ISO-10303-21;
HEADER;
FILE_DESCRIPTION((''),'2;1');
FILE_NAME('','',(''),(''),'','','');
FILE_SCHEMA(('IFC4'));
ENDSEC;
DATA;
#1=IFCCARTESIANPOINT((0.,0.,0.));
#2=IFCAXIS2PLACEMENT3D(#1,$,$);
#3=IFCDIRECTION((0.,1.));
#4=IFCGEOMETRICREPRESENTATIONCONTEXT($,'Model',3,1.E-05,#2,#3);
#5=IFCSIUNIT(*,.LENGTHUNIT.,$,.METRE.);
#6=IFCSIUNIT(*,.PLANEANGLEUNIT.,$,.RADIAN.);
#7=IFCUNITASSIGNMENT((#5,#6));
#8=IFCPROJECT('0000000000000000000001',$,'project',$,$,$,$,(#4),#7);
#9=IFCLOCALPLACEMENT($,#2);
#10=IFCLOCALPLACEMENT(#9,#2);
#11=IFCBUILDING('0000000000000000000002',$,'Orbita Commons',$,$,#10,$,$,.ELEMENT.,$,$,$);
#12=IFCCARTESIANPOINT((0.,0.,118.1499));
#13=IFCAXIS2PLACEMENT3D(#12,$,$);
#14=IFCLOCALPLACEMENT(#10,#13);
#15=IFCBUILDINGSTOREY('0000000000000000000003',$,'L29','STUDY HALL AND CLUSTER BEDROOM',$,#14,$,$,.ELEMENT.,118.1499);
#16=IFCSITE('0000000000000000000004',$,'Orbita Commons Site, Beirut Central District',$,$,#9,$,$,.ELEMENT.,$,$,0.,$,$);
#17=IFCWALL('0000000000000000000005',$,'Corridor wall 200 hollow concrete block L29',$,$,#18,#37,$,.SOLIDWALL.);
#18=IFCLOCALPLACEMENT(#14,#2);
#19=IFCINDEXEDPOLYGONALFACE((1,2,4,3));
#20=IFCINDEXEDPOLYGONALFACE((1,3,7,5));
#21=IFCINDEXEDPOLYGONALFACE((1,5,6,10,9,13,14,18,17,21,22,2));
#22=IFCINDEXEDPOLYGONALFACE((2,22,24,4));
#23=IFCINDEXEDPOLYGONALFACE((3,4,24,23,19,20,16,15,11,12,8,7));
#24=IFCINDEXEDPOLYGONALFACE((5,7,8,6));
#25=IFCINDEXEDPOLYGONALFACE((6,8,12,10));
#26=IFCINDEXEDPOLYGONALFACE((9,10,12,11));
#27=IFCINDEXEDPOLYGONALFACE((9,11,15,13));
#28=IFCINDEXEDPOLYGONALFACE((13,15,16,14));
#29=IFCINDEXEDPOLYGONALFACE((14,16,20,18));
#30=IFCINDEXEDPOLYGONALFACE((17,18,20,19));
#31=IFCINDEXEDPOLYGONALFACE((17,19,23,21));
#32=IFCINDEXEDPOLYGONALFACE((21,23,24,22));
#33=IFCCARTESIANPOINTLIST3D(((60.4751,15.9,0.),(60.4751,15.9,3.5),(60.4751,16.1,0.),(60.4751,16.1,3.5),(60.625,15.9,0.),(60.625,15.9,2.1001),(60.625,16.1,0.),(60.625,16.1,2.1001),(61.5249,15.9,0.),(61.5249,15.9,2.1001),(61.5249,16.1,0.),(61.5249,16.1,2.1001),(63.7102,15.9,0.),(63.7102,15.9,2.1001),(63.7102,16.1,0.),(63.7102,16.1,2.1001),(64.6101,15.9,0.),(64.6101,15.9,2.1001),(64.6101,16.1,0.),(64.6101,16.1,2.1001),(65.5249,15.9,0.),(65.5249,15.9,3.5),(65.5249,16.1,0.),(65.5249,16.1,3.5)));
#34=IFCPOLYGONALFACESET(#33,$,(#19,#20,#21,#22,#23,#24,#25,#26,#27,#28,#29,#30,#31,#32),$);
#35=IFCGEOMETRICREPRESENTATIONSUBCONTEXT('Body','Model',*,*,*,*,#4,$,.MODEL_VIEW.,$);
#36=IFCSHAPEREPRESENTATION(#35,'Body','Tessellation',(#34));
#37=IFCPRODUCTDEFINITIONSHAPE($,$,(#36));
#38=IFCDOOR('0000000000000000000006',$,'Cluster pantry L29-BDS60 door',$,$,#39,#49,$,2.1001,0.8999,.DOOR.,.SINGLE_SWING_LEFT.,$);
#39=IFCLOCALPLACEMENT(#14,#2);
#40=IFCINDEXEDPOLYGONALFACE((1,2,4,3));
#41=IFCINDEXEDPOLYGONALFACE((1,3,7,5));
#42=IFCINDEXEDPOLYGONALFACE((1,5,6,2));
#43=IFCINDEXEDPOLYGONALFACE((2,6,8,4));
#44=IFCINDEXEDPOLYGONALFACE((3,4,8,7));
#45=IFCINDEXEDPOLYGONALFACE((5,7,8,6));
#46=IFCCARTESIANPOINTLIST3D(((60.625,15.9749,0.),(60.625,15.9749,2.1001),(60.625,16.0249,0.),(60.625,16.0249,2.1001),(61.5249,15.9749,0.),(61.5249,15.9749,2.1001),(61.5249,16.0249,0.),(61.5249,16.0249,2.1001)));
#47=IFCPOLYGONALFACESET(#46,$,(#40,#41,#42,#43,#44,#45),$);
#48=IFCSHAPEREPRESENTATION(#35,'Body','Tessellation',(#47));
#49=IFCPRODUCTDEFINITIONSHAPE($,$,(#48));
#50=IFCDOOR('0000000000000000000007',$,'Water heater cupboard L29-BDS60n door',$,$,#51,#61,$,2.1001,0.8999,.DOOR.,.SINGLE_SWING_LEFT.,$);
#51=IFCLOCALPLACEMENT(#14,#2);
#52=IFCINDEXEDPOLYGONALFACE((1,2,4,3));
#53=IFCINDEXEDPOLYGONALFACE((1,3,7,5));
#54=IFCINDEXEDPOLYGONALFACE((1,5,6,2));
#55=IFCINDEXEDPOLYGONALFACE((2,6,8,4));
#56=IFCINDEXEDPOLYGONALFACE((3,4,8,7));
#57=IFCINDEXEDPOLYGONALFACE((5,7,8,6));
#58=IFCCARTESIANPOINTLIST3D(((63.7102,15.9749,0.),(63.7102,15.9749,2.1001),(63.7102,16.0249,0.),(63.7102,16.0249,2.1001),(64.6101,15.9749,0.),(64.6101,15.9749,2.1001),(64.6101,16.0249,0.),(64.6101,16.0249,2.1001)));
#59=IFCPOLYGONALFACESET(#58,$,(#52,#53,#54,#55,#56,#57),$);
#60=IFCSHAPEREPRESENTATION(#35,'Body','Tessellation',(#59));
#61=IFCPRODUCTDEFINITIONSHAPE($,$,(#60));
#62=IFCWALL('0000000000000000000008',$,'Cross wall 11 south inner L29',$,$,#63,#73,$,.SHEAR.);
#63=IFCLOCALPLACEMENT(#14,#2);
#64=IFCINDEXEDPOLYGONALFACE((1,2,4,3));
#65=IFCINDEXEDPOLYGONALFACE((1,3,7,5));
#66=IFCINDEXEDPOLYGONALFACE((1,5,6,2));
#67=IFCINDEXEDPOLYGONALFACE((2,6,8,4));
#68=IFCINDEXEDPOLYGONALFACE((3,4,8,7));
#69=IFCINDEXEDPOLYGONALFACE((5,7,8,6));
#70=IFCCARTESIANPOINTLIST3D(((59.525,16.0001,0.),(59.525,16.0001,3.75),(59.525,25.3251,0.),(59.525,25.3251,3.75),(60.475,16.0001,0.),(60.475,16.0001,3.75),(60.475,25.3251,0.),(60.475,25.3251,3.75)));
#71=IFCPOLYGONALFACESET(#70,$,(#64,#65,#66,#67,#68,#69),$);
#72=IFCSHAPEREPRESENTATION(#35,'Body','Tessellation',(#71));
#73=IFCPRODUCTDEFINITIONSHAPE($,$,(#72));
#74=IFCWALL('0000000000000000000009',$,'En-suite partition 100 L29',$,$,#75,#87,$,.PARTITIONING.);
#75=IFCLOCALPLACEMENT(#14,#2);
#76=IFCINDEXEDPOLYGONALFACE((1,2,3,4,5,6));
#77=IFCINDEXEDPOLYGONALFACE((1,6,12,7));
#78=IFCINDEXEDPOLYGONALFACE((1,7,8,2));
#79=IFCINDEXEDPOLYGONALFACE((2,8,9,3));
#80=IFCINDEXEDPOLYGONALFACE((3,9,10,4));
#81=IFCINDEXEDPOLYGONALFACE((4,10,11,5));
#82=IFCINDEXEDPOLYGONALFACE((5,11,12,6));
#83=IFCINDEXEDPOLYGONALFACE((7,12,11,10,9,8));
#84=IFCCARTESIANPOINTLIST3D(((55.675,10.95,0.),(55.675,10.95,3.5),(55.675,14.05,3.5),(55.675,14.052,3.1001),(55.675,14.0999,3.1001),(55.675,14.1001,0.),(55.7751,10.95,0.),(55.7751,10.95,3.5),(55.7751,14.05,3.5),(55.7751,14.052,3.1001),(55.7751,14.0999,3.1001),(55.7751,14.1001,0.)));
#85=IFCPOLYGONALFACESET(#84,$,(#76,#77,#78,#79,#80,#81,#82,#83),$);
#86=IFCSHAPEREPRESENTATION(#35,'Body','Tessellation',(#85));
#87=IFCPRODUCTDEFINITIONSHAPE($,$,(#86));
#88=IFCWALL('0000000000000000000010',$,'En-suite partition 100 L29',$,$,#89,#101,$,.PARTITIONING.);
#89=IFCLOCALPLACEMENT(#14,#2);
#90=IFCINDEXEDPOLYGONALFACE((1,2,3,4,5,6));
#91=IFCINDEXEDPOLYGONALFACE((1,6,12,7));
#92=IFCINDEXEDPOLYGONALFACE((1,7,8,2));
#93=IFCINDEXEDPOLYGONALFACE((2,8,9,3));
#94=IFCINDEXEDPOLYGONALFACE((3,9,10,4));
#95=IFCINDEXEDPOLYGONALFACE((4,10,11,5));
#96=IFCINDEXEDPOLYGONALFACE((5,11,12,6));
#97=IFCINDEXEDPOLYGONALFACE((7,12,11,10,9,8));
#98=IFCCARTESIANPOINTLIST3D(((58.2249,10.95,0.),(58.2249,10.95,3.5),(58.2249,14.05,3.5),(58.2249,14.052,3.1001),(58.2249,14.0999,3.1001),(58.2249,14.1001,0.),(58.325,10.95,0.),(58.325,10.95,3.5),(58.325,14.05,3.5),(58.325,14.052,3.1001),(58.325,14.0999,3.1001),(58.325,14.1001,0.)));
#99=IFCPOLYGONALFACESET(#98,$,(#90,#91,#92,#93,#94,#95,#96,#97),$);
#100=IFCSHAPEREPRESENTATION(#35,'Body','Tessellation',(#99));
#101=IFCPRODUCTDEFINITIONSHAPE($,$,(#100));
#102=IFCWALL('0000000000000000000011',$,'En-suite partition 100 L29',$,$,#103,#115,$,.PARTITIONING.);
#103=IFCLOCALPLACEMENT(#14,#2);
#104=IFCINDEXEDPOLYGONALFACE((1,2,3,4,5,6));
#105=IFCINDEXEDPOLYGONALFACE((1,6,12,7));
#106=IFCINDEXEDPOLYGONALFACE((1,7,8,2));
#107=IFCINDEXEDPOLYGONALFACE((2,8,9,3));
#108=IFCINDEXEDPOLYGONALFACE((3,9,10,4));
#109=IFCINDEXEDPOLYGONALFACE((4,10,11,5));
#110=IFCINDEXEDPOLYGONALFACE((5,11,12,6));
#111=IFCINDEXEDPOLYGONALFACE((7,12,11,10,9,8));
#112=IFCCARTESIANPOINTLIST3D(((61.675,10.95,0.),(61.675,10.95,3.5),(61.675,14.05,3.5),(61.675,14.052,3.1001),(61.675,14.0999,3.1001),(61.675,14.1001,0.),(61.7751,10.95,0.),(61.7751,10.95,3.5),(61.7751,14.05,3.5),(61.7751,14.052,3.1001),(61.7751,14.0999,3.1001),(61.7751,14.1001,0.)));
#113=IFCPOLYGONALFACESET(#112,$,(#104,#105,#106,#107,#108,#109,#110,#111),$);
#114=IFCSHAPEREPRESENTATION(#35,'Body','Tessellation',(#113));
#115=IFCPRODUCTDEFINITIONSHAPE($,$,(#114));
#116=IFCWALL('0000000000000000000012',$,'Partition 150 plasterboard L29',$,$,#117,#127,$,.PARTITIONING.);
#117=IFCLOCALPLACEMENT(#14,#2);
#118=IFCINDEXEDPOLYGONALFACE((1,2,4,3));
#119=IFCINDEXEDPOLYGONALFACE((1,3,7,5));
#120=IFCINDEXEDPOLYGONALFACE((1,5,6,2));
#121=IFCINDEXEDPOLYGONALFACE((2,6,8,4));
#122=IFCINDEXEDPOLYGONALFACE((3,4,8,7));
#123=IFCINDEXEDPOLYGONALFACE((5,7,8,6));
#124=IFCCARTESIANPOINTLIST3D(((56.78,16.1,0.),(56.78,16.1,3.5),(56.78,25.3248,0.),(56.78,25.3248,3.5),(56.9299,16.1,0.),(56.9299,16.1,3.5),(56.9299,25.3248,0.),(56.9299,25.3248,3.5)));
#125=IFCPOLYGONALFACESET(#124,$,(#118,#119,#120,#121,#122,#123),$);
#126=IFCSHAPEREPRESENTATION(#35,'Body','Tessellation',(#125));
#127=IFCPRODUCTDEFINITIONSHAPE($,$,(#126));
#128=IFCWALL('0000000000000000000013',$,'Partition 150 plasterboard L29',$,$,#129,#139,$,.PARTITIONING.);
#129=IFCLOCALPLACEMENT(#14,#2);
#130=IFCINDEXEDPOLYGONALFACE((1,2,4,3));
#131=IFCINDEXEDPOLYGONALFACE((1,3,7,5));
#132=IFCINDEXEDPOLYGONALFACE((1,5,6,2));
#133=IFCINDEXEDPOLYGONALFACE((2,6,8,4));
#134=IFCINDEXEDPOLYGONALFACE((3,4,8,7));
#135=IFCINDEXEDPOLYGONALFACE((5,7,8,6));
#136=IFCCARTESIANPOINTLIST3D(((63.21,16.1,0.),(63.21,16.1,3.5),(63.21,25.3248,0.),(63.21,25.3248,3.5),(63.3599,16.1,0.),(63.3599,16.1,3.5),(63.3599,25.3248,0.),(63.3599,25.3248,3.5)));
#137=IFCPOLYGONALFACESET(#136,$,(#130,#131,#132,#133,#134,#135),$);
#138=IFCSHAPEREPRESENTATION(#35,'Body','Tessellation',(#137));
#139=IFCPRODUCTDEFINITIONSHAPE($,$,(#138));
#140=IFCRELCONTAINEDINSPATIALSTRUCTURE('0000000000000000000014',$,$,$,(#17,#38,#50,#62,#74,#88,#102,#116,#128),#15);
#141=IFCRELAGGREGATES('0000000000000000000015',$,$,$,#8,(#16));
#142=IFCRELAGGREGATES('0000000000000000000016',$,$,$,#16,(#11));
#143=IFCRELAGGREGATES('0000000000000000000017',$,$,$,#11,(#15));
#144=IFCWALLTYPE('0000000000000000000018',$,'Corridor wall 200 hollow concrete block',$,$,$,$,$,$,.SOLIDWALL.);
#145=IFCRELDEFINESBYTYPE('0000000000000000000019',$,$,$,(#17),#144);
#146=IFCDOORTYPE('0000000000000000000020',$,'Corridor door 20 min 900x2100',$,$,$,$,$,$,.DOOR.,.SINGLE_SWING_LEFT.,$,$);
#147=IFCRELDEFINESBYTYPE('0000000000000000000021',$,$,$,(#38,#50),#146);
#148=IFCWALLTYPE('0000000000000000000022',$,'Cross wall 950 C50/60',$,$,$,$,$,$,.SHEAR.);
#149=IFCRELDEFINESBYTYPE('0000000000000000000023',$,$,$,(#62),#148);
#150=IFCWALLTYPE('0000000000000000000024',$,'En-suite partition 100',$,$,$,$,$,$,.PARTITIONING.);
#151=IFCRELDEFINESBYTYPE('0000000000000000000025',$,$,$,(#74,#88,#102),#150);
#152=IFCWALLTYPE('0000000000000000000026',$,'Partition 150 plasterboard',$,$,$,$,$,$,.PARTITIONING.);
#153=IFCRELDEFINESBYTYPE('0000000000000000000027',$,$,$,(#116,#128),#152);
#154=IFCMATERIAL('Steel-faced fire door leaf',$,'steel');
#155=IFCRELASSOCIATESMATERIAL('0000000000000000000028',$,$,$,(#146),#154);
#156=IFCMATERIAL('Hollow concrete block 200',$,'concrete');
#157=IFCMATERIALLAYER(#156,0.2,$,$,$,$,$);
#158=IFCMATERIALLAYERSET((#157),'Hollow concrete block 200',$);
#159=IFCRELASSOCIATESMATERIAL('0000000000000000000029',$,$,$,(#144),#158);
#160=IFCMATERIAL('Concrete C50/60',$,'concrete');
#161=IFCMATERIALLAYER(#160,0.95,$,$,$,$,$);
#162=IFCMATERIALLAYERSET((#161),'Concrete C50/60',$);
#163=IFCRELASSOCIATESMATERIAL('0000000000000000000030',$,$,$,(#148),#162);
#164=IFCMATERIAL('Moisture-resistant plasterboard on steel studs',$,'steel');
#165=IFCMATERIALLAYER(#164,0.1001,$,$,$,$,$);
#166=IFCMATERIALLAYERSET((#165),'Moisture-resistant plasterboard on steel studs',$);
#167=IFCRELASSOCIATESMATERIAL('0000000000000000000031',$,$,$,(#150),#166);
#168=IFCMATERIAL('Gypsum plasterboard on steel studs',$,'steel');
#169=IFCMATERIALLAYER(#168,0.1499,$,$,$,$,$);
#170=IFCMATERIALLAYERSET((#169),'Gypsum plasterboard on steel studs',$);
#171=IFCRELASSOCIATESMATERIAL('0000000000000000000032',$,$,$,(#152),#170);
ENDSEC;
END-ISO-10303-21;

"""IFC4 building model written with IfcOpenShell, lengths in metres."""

from ifc_helpers import new_model, si_unit, direction, frame, frame_2d, origin, place, context, subcontext, project, spatial, polyline, rectangle, outline, extrude, material, layer, layer_set, type_object, element, fill, save


model = new_model("IFC4")

# Units and contexts
model_context = context("Model", 3, precision=1e-05, world=origin(), true_north=direction((0.0, 1.0)))
body_context = subcontext(model_context, "Body", "Model", "MODEL_VIEW")
ifc_project = project(units=[si_unit("LENGTHUNIT", "METRE"), si_unit("PLANEANGLEUNIT", "RADIAN")], contexts=[model_context])

# Site, building, storey
site_placement = place(None, origin())
site = spatial("IfcSite", under=ifc_project, at=site_placement, Name="Orbita Commons Site, Beirut Central District", CompositionType="ELEMENT", RefElevation=0.0)
building_placement = place(site_placement, origin())
building = spatial("IfcBuilding", under=site, at=building_placement, Name="Orbita Commons", CompositionType="ELEMENT")
storey_placement = place(building_placement, frame((0.0, 0.0, 118.1499)))
storey = spatial("IfcBuildingStorey", under=building, at=storey_placement, Name="L29", Description="STUDY HALL AND CLUSTER BEDROOM", CompositionType="ELEMENT", Elevation=118.1499)

# Wall, openings, doors
ifc_material_1 = material(Name="Steel-faced fire door leaf", Category="steel")
door_type = type_object("IfcDoorType", Name="Corridor door 20 min 900x2100", OperationType="SINGLE_SWING_LEFT", PredefinedType="DOOR", material=ifc_material_1)
ifc_material_2 = material(Name="Hollow concrete block 200", Category="concrete")
ifc_layer_1 = layer(ifc_material_2, 0.2)
ifc_layer_set_1 = layer_set([ifc_layer_1], Name="Hollow concrete block 200")
wall_type_1 = type_object("IfcWallType", Name="Corridor wall 200 hollow concrete block", PredefinedType="SOLIDWALL", material=ifc_layer_set_1)
wall_1_placement = place(storey_placement, frame((60.4751, 16.0, 0.0), z_axis=(0.0, 0.0, 1.0), x_axis=(1.0, 0.0, 0.0)))
wall_1 = element("IfcWall", 1, at=wall_1_placement, inside=storey, type_object=wall_type_1, Name="Corridor wall 200 hollow concrete block L29", PredefinedType="SOLIDWALL", context=body_context, shape_type="SweptSolid", body=[
    extrude(rectangle(XDim=5.0498, YDim=0.2, at=frame_2d((2.5249, 0.0))), origin(), (0.0, 0.0, 1.0), 3.5),
])
opening_1_placement = place(wall_1_placement, frame((0.1499, 0.0, 0.0)))
opening_1 = element("IfcOpeningElement", 2, at=opening_1_placement, cuts=wall_1, PredefinedType="OPENING", context=body_context, shape_type="SweptSolid", body=[
    extrude(rectangle(XDim=0.8999, YDim=2.1001, at=frame_2d((0.45, 1.05))), frame((0.0, 0.1099, 0.0), z_axis=(0.0, -1.0, 0.0), x_axis=(1.0, 0.0, 0.0)), (0.0, 0.0, 1.0), 0.22),
])
opening_2_placement = place(wall_1_placement, frame((3.2351, 0.0, 0.0)))
opening_2 = element("IfcOpeningElement", 3, at=opening_2_placement, cuts=wall_1, PredefinedType="OPENING", context=body_context, shape_type="SweptSolid", body=[
    extrude(rectangle(XDim=0.8999, YDim=2.1001, at=frame_2d((0.45, 1.05))), frame((0.0, 0.1099, 0.0), z_axis=(0.0, -1.0, 0.0), x_axis=(1.0, 0.0, 0.0)), (0.0, 0.0, 1.0), 0.22),
])
door_1_placement = place(opening_1_placement, origin())
door_1 = element("IfcDoor", 4, at=door_1_placement, inside=storey, type_object=door_type, Name="Cluster pantry L29-BDS60 door", OperationType="SINGLE_SWING_LEFT", OverallHeight=2.1001, OverallWidth=0.8999, PredefinedType="DOOR", context=body_context, shape_type="SweptSolid", body=[
    extrude(rectangle(XDim=0.8999, YDim=2.1001, at=frame_2d((0.45, 1.05))), frame((0.0, 0.0249, 0.0), z_axis=(0.0, -1.0, 0.0), x_axis=(1.0, 0.0, 0.0)), (0.0, 0.0, 1.0), 0.05),
])
fill(opening_1, door_1)
door_2_placement = place(opening_2_placement, origin())
door_2 = element("IfcDoor", 5, at=door_2_placement, inside=storey, type_object=door_type, Name="Water heater cupboard L29-BDS60n door", OperationType="SINGLE_SWING_LEFT", OverallHeight=2.1001, OverallWidth=0.8999, PredefinedType="DOOR", context=body_context, shape_type="SweptSolid", body=[
    extrude(rectangle(XDim=0.8999, YDim=2.1001, at=frame_2d((0.45, 1.05))), frame((0.0, 0.0249, 0.0), z_axis=(0.0, -1.0, 0.0), x_axis=(1.0, 0.0, 0.0)), (0.0, 0.0, 1.0), 0.05),
])
fill(opening_2, door_2)

# Walls
ifc_material_3 = material(Name="Concrete C50/60", Category="concrete")
ifc_layer_2 = layer(ifc_material_3, 0.95)
ifc_layer_set_2 = layer_set([ifc_layer_2], Name="Concrete C50/60")
wall_type_2 = type_object("IfcWallType", Name="Cross wall 950 C50/60", PredefinedType="SHEAR", material=ifc_layer_set_2)
wall_2_placement = place(storey_placement, frame((60.0, 16.0, 0.0), z_axis=(0.0, 0.0, 1.0), x_axis=(0.0, 1.0, 0.0)))
element("IfcWall", 6, at=wall_2_placement, inside=storey, type_object=wall_type_2, Name="Cross wall 11 south inner L29", PredefinedType="SHEAR", context=body_context, shape_type="SweptSolid", body=[
    extrude(rectangle(XDim=9.325, YDim=0.95, at=frame_2d((4.6626, 0.0))), origin(), (0.0, 0.0, 1.0), 3.75),
])
ifc_material_4 = material(Name="Moisture-resistant plasterboard on steel studs", Category="steel")
ifc_layer_3 = layer(ifc_material_4, 0.1001)
ifc_layer_set_3 = layer_set([ifc_layer_3], Name="Moisture-resistant plasterboard on steel studs")
wall_type_3 = type_object("IfcWallType", Name="En-suite partition 100", PredefinedType="PARTITIONING", material=ifc_layer_set_3)
for number, where, z_axis, x_axis, name in (
    (7, (55.7251, 10.95, 0.0), (0.0, 0.0, 1.0), (0.0, 1.0, 0.0), "En-suite partition 100 L29"),
    (8, (58.2749, 10.95, 0.0), (0.0, 0.0, 1.0), (0.0, 1.0, 0.0), "En-suite partition 100 L29"),
    (9, (61.7251, 10.95, 0.0), (0.0, 0.0, 1.0), (0.0, 1.0, 0.0), "En-suite partition 100 L29"),
):
    element("IfcWall", number, at=place(storey_placement, frame(where, z_axis=z_axis, x_axis=x_axis)), inside=storey, type_object=wall_type_3, Name=name, PredefinedType="PARTITIONING", context=body_context, shape_type="SweptSolid", body=[
        extrude(outline(polyline([(0.0, 0.0), (3.1501, 0.0), (3.1499, 3.1001), (3.1021, 3.1001), (3.1001, 3.5), (0.0, 3.5), (0.0, 0.0)])), frame((0.0, 0.05, 0.0), z_axis=(0.0, -1.0, 0.0), x_axis=(1.0, 0.0, 0.0)), (0.0, 0.0, 1.0), 0.1001),
    ])
ifc_material_5 = material(Name="Gypsum plasterboard on steel studs", Category="steel")
ifc_layer_4 = layer(ifc_material_5, 0.1499)
ifc_layer_set_4 = layer_set([ifc_layer_4], Name="Gypsum plasterboard on steel studs")
wall_type_4 = type_object("IfcWallType", Name="Partition 150 plasterboard", PredefinedType="PARTITIONING", material=ifc_layer_set_4)
for number, where, z_axis, x_axis, name in (
    (10, (56.855, 16.1001, 0.0), (0.0, 0.0, 1.0), (0.0, 1.0, 0.0), "Partition 150 plasterboard L29"),
    (11, (63.2849, 16.1001, 0.0), (0.0, 0.0, 1.0), (0.0, 1.0, 0.0), "Partition 150 plasterboard L29"),
):
    element("IfcWall", number, at=place(storey_placement, frame(where, z_axis=z_axis, x_axis=x_axis)), inside=storey, type_object=wall_type_4, Name=name, PredefinedType="PARTITIONING", context=body_context, shape_type="SweptSolid", body=[
        extrude(rectangle(XDim=9.2249, YDim=0.1499, at=frame_2d((4.6123, 0.0))), origin(), (0.0, 0.0, 1.0), 3.5),
    ])

save(model, "model.ifc")
